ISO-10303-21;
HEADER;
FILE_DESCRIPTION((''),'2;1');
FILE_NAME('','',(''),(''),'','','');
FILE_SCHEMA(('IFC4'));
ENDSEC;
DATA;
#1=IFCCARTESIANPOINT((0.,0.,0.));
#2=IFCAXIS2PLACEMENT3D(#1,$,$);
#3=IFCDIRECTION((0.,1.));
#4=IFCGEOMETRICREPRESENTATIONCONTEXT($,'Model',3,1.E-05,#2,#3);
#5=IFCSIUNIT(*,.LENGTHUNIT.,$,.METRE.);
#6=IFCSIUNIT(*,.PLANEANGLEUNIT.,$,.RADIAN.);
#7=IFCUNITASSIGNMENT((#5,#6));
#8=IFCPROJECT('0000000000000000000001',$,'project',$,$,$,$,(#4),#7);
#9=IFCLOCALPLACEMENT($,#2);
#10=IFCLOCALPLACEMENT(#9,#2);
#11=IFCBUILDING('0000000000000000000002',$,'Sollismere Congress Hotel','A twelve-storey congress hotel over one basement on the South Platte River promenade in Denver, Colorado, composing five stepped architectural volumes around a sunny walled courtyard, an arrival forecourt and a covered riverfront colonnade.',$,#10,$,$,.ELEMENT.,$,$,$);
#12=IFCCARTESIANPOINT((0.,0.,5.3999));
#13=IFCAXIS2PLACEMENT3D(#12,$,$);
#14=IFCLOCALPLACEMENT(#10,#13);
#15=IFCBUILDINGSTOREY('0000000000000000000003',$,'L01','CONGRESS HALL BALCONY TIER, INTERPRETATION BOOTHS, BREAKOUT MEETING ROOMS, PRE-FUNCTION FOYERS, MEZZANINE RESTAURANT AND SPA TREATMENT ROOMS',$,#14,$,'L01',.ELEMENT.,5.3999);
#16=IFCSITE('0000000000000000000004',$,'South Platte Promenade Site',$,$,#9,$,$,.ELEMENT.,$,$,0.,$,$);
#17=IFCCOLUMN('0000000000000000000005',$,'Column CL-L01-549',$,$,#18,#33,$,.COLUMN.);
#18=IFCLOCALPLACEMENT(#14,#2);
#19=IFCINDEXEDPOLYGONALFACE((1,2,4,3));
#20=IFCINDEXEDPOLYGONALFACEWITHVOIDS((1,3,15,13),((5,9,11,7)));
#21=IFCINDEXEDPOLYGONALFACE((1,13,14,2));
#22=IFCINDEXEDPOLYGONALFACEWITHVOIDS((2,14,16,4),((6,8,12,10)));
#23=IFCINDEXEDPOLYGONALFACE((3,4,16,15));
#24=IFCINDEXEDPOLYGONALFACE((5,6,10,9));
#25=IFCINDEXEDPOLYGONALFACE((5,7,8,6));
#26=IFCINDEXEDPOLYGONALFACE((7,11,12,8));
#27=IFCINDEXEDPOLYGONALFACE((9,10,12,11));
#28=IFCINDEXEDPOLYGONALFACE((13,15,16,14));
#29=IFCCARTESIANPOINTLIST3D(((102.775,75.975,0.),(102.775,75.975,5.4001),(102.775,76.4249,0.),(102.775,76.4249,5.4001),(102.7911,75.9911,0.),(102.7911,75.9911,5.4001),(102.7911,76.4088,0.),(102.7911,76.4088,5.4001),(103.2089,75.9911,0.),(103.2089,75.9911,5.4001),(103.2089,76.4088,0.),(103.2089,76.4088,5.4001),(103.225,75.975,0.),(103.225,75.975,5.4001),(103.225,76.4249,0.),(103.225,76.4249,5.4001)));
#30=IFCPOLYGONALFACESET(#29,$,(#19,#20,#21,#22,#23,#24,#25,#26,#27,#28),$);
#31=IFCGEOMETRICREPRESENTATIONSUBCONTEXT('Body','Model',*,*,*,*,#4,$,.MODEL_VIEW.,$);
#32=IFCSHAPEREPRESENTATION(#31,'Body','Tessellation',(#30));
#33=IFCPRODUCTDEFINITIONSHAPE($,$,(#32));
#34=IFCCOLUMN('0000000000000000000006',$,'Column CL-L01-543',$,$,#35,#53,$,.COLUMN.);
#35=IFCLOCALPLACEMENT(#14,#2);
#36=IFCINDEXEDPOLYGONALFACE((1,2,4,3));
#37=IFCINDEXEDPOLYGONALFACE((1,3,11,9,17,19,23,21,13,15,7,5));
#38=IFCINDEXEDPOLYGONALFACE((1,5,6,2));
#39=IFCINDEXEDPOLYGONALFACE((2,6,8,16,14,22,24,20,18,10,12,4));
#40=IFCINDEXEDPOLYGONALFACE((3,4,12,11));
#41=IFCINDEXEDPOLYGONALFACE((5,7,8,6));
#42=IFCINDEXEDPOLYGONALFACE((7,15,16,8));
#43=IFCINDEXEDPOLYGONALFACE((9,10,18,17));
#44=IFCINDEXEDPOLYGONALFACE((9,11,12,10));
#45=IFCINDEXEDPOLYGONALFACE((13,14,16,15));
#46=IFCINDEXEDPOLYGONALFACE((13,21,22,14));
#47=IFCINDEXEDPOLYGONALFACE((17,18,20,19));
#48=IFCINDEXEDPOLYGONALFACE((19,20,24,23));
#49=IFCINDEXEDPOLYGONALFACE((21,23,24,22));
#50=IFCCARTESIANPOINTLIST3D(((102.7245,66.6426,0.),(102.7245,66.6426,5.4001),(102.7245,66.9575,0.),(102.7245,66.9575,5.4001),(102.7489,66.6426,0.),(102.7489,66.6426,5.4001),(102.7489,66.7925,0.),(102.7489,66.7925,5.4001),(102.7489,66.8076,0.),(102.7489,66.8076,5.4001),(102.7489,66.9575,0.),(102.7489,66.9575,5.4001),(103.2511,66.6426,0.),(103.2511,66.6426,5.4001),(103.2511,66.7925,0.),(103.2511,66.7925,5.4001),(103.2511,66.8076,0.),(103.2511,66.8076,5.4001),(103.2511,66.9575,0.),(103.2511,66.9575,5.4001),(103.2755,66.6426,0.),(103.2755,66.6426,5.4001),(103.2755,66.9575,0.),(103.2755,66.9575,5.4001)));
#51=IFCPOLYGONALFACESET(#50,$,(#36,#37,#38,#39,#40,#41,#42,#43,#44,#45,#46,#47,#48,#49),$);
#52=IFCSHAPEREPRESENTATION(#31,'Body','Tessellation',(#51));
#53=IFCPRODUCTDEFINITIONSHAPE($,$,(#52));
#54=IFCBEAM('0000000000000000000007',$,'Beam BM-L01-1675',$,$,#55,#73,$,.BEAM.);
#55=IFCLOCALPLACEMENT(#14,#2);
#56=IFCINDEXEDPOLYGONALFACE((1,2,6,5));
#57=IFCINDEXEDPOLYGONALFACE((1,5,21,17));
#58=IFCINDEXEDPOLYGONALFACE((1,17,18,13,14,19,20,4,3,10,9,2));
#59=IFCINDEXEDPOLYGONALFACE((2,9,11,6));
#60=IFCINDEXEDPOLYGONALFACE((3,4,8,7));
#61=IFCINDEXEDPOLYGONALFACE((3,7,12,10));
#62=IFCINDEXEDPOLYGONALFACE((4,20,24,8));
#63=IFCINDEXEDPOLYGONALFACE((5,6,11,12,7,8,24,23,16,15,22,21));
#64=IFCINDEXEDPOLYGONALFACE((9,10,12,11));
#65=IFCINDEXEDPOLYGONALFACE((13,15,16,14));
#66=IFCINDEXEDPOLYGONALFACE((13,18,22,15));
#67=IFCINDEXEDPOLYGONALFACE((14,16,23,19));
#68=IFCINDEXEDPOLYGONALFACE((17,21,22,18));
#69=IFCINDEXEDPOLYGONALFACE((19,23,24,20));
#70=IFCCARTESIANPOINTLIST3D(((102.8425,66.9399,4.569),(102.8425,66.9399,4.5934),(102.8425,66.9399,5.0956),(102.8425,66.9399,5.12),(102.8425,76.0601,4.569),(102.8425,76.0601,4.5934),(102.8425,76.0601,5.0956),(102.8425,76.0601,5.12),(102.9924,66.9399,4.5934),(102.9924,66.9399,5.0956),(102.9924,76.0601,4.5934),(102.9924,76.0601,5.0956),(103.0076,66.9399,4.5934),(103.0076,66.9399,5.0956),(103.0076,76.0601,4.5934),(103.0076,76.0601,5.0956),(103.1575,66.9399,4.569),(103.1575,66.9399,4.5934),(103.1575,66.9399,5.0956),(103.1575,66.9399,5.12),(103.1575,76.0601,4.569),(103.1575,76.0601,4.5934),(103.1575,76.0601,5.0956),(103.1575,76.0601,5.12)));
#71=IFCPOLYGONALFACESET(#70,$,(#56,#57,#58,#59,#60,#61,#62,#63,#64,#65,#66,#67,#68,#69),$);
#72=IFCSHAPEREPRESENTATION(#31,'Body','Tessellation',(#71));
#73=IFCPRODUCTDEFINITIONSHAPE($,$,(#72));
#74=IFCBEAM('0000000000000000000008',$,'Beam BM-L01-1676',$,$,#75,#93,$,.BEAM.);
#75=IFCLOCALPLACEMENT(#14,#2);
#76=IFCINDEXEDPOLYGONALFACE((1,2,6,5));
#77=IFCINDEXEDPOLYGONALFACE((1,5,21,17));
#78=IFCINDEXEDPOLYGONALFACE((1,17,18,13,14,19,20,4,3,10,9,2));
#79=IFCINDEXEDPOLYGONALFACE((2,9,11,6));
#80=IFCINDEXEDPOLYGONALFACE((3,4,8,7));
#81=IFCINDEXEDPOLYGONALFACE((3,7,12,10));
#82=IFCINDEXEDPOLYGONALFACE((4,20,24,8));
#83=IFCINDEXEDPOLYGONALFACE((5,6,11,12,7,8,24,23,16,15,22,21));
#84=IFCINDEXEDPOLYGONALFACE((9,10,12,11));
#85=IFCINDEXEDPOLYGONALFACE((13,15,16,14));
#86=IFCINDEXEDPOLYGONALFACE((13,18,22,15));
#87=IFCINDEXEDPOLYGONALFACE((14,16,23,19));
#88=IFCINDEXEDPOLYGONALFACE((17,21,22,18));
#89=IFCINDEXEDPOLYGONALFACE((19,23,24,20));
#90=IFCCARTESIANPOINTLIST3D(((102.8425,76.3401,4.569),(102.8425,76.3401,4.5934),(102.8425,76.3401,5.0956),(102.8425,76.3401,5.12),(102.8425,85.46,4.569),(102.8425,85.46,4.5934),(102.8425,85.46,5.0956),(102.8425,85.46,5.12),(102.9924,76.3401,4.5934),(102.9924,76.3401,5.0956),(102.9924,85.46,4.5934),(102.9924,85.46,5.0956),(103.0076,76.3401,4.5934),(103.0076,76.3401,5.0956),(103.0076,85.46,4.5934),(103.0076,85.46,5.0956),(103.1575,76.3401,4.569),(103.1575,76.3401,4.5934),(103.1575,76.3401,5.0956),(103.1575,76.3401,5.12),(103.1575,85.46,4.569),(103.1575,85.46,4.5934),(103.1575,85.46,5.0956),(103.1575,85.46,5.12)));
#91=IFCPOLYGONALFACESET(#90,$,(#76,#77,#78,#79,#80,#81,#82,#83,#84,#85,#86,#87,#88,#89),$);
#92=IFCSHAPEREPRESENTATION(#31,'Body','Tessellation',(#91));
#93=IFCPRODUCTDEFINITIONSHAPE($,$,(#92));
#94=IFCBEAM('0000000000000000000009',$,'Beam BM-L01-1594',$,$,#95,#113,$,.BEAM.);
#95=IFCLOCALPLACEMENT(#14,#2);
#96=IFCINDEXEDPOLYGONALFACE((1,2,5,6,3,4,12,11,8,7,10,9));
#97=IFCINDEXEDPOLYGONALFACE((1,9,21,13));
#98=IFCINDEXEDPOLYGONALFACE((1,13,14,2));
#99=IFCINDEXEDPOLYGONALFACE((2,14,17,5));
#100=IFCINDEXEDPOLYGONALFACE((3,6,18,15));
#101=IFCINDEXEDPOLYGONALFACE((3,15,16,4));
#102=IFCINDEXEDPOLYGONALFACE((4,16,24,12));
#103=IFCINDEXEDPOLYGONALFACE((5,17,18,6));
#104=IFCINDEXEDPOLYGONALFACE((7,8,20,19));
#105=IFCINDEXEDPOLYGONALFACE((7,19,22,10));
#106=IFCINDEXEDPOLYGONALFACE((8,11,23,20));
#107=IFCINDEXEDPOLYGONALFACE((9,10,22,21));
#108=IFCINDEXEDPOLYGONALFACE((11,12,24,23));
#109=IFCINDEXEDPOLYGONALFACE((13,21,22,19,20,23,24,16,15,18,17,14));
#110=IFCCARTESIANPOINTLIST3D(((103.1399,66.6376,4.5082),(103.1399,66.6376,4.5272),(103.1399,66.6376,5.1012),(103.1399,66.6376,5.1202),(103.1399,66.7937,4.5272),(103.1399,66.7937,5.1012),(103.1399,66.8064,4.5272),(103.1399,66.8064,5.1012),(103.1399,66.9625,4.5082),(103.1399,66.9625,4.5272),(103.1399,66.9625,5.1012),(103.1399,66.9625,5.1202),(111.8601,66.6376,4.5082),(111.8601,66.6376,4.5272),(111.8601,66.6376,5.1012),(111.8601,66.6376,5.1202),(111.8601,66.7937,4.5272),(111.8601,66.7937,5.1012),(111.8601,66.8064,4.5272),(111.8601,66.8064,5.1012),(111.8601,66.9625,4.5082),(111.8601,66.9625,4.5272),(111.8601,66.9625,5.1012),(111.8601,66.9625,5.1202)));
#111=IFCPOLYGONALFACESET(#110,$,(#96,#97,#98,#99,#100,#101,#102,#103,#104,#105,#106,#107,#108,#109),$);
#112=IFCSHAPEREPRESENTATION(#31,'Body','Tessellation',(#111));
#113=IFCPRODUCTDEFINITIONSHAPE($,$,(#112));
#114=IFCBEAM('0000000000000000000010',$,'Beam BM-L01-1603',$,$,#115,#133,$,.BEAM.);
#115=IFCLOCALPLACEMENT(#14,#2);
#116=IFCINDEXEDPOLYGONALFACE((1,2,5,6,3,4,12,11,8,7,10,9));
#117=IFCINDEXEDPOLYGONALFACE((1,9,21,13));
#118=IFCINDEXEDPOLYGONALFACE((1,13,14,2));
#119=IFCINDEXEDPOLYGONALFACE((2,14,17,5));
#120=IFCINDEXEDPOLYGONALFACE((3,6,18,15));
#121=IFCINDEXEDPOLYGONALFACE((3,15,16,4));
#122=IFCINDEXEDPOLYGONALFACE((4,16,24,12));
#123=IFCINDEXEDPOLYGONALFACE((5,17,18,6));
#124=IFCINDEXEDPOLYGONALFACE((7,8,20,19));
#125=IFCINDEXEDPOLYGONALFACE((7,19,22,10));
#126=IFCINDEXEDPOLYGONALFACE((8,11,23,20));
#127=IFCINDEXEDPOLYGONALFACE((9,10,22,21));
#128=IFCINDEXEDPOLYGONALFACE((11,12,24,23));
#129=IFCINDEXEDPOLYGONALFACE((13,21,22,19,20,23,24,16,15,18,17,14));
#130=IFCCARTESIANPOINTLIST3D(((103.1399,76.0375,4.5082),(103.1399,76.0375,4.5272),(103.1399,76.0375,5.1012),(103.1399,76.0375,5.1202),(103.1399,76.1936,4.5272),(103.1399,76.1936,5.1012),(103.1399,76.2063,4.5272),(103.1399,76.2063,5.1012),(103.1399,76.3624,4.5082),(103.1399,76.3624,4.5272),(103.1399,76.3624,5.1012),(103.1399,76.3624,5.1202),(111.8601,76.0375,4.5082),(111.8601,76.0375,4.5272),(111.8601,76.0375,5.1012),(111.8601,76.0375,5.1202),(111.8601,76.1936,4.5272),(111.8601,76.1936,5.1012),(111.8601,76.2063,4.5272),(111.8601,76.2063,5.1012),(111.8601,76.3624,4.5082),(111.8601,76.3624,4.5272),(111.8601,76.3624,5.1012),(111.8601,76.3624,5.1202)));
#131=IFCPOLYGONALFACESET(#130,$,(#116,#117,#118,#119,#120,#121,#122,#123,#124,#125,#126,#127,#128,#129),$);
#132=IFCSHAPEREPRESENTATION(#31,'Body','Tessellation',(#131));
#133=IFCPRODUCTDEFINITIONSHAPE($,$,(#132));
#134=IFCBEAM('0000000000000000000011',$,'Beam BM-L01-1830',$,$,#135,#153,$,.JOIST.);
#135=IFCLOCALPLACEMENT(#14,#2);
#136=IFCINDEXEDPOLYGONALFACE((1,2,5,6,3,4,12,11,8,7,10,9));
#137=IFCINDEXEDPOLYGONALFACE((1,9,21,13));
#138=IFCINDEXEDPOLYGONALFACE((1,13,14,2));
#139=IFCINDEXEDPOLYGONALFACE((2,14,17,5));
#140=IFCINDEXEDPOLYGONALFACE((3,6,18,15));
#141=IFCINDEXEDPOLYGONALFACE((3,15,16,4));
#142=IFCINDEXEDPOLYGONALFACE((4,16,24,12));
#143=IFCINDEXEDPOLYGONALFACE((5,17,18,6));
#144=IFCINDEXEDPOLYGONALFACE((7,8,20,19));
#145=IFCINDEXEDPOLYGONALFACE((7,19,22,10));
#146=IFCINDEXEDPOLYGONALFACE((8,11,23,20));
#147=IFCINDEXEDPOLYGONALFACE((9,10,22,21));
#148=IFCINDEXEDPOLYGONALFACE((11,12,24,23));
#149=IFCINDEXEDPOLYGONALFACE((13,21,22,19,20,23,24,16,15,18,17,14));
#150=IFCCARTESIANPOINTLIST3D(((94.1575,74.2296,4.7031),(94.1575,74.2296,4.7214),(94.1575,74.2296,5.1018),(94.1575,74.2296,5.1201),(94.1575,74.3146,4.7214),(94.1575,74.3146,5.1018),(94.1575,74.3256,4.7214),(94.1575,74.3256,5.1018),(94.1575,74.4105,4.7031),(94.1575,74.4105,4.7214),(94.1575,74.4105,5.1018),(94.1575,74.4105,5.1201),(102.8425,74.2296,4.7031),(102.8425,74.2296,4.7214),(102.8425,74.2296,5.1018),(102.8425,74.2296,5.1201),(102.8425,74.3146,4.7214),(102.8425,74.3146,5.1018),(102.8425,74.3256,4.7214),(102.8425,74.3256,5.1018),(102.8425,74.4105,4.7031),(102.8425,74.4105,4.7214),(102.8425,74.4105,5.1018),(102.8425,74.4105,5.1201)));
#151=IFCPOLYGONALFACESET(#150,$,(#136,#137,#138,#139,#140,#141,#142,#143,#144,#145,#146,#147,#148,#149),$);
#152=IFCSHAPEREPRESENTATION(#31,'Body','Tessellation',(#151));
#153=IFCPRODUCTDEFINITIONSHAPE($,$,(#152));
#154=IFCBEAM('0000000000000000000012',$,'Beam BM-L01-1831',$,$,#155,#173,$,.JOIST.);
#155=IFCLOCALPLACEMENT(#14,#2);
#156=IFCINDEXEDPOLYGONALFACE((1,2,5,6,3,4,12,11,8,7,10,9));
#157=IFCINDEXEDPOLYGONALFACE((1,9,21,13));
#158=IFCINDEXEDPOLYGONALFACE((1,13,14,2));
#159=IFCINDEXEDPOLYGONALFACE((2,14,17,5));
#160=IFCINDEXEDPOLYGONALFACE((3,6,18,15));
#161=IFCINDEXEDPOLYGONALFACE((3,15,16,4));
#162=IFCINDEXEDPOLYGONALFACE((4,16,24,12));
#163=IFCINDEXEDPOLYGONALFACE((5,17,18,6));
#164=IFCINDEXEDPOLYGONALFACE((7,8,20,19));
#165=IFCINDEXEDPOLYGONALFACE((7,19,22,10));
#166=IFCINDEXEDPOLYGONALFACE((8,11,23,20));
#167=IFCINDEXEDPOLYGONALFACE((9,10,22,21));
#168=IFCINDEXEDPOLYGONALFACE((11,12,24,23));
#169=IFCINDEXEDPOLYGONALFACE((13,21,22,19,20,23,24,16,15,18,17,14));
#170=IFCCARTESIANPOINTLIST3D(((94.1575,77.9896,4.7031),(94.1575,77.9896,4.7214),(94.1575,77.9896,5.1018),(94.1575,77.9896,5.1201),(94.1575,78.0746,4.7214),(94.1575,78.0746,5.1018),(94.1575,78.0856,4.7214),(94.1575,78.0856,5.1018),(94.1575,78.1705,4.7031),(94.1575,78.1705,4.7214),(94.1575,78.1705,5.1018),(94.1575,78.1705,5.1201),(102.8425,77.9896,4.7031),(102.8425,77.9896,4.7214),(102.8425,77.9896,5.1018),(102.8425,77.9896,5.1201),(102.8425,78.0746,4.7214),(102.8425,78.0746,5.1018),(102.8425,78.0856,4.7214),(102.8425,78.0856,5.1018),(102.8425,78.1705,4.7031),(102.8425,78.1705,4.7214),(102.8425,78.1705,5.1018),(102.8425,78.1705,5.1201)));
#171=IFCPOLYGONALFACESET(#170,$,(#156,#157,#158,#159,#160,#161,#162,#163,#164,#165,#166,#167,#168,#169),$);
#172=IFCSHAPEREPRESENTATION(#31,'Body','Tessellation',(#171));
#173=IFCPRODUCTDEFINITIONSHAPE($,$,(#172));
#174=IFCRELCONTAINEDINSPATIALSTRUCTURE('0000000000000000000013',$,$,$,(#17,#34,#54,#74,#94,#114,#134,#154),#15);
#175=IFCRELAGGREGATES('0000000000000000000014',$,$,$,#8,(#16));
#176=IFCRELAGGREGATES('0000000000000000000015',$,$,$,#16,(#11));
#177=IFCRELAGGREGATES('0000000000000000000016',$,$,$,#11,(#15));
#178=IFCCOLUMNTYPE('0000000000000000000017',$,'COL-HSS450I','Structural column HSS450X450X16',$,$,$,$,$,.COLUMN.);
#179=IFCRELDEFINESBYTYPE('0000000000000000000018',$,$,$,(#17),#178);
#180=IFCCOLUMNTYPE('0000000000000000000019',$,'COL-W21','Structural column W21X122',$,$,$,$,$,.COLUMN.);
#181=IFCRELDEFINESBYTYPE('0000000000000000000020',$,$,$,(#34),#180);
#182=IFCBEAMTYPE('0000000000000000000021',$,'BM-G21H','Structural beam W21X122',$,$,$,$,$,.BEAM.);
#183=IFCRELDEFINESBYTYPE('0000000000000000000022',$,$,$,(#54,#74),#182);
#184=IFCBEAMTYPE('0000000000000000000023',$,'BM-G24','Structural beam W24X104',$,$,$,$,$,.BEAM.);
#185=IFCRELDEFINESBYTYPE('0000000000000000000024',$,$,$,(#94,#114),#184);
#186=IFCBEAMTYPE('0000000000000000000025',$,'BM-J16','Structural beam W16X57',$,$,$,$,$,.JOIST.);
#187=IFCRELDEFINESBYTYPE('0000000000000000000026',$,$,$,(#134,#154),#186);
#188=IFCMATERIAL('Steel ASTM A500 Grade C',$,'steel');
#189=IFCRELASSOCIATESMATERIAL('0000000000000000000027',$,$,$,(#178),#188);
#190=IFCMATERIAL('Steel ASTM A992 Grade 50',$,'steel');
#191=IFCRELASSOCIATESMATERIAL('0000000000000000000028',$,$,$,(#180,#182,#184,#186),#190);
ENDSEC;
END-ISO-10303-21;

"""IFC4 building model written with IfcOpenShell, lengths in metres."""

from ifc_helpers import new_model, si_unit, direction, frame, origin, origin_2d, place, context, subcontext, project, spatial, hollow_rectangle, i_section, extrude, material, material_profile, profile_set, type_object, element, save


model = new_model("IFC4")

# Units and contexts
model_context = context("Model", 3, precision=1e-05, world=origin(), true_north=direction((0.0, 1.0)))
body_context = subcontext(model_context, "Body", "Model", "MODEL_VIEW")
ifc_project = project(units=[si_unit("LENGTHUNIT", "METRE"), si_unit("PLANEANGLEUNIT", "RADIAN")], contexts=[model_context])

# Site, building, storey
site_placement = place(None, origin())
site = spatial("IfcSite", under=ifc_project, at=site_placement, Name="South Platte Promenade Site", CompositionType="ELEMENT", RefElevation=0.0)
building_placement = place(site_placement, origin())
building = spatial("IfcBuilding", under=site, at=building_placement, Name="Sollismere Congress Hotel", Description="A twelve-storey congress hotel over one basement on the South Platte River promenade in Denver, Colorado, composing five stepped architectural volumes around a sunny walled courtyard, an arrival forecourt and a covered riverfront colonnade.", CompositionType="ELEMENT")
storey_placement = place(building_placement, frame((0.0, 0.0, 5.3999)))
storey = spatial("IfcBuildingStorey", under=building, at=storey_placement, Name="L01", Description="CONGRESS HALL BALCONY TIER, INTERPRETATION BOOTHS, BREAKOUT MEETING ROOMS, PRE-FUNCTION FOYERS, MEZZANINE RESTAURANT AND SPA TREATMENT ROOMS", LongName="L01", CompositionType="ELEMENT", Elevation=5.3999)

# Columns
ifc_material_1 = material(Name="Steel ASTM A500 Grade C", Category="steel")
ifc_material_profile_1 = material_profile(ifc_material_1, hollow_rectangle(XDim=0.45, YDim=0.45, WallThickness=0.0161, at=origin_2d()), Name="HSS450X450X16")
ifc_profile_set_1 = profile_set([ifc_material_profile_1], Name="Steel ASTM A500 Grade C")
column_type_1 = type_object("IfcColumnType", Name="COL-HSS450I", Description="Structural column HSS450X450X16", PredefinedType="COLUMN", material=ifc_profile_set_1)
column_1_placement = place(storey_placement, frame((103.0, 76.2, 0.0), z_axis=(0.0, 0.0, 1.0), x_axis=(1.0, 0.0, 0.0)))
element("IfcColumn", 1, at=column_1_placement, inside=storey, type_object=column_type_1, Name="Column CL-L01-549", PredefinedType="COLUMN", context=body_context, shape_type="SweptSolid", body=[
    extrude(hollow_rectangle(XDim=0.45, YDim=0.45, WallThickness=0.0161, at=origin_2d()), origin(), (0.0, 0.0, 1.0), 5.4001),
])
ifc_material_2 = material(Name="Steel ASTM A992 Grade 50", Category="steel")
ifc_material_profile_2 = material_profile(ifc_material_2, i_section(OverallWidth=0.3149, OverallDepth=0.551, WebThickness=0.0151, FlangeThickness=0.0244, at=origin_2d()), Name="W21X122")
ifc_profile_set_2 = profile_set([ifc_material_profile_2], Name="Steel ASTM A992 Grade 50")
column_type_2 = type_object("IfcColumnType", Name="COL-W21", Description="Structural column W21X122", PredefinedType="COLUMN", material=ifc_profile_set_2)
column_2_placement = place(storey_placement, frame((103.0, 66.8, 0.0), z_axis=(0.0, 0.0, 1.0), x_axis=(0.0, 1.0, 0.0)))
element("IfcColumn", 2, at=column_2_placement, inside=storey, type_object=column_type_2, Name="Column CL-L01-543", PredefinedType="COLUMN", context=body_context, shape_type="SweptSolid", body=[
    extrude(i_section(OverallWidth=0.3149, OverallDepth=0.551, WebThickness=0.0151, FlangeThickness=0.0244, at=origin_2d()), origin(), (0.0, 0.0, 1.0), 5.4001),
])

# Beams
ifc_material_profile_3 = material_profile(ifc_material_2, i_section(OverallWidth=0.3149, OverallDepth=0.551, WebThickness=0.0151, FlangeThickness=0.0244, at=origin_2d()), Name="W21X122")
ifc_profile_set_3 = profile_set([ifc_material_profile_3], Name="Steel ASTM A992 Grade 50")
beam_type_1 = type_object("IfcBeamType", Name="BM-G21H", Description="Structural beam W21X122", PredefinedType="BEAM", material=ifc_profile_set_3)
beam_1_placement = place(storey_placement, frame((103.0, 66.9399, 4.8445), z_axis=(0.0, 1.0, 0.0), x_axis=(-1.0, 0.0, 0.0)))
element("IfcBeam", 3, at=beam_1_placement, inside=storey, type_object=beam_type_1, Name="Beam BM-L01-1675", PredefinedType="BEAM", context=body_context, shape_type="SweptSolid", body=[
    extrude(i_section(OverallWidth=0.3149, OverallDepth=0.551, WebThickness=0.0151, FlangeThickness=0.0244, at=origin_2d()), origin(), (0.0, 0.0, 1.0), 9.1201),
])
beam_2_placement = place(storey_placement, frame((103.0, 76.3401, 4.8445), z_axis=(0.0, 1.0, 0.0), x_axis=(-1.0, 0.0, 0.0)))
element("IfcBeam", 4, at=beam_2_placement, inside=storey, type_object=beam_type_1, Name="Beam BM-L01-1676", PredefinedType="BEAM", context=body_context, shape_type="SweptSolid", body=[
    extrude(i_section(OverallWidth=0.3149, OverallDepth=0.551, WebThickness=0.0151, FlangeThickness=0.0244, at=origin_2d()), origin(), (0.0, 0.0, 1.0), 9.1199),
])
ifc_material_profile_4 = material_profile(ifc_material_2, i_section(OverallWidth=0.325, OverallDepth=0.6121, WebThickness=0.0127, FlangeThickness=0.019, at=origin_2d()), Name="W24X104")
ifc_profile_set_4 = profile_set([ifc_material_profile_4], Name="Steel ASTM A992 Grade 50")
beam_type_2 = type_object("IfcBeamType", Name="BM-G24", Description="Structural beam W24X104", PredefinedType="BEAM", material=ifc_profile_set_4)
for number, where, z_axis, x_axis, name in (
    (5, (103.1399, 66.8, 4.8142), (1.0, 0.0, 0.0), (0.0, 1.0, 0.0), "Beam BM-L01-1594"),
    (6, (103.1399, 76.2, 4.8142), (1.0, 0.0, 0.0), (0.0, 1.0, 0.0), "Beam BM-L01-1603"),
):
    element("IfcBeam", number, at=place(storey_placement, frame(where, z_axis=z_axis, x_axis=x_axis)), inside=storey, type_object=beam_type_2, Name=name, PredefinedType="BEAM", context=body_context, shape_type="SweptSolid", body=[
        extrude(i_section(OverallWidth=0.325, OverallDepth=0.6121, WebThickness=0.0127, FlangeThickness=0.019, at=origin_2d()), origin(), (0.0, 0.0, 1.0), 8.7202),
    ])
ifc_material_profile_5 = material_profile(ifc_material_2, i_section(OverallWidth=0.1809, OverallDepth=0.417, WebThickness=0.011, FlangeThickness=0.0183, at=origin_2d()), Name="W16X57")
ifc_profile_set_5 = profile_set([ifc_material_profile_5], Name="Steel ASTM A992 Grade 50")
beam_type_3 = type_object("IfcBeamType", Name="BM-J16", Description="Structural beam W16X57", PredefinedType="JOIST", material=ifc_profile_set_5)
for number, where, z_axis, x_axis, name in (
    (7, (94.1575, 74.3201, 4.9116), (1.0, 0.0, 0.0), (0.0, 1.0, 0.0), "Beam BM-L01-1830"),
    (8, (94.1575, 78.0801, 4.9116), (1.0, 0.0, 0.0), (0.0, 1.0, 0.0), "Beam BM-L01-1831"),
):
    element("IfcBeam", number, at=place(storey_placement, frame(where, z_axis=z_axis, x_axis=x_axis)), inside=storey, type_object=beam_type_3, Name=name, PredefinedType="JOIST", context=body_context, shape_type="SweptSolid", body=[
        extrude(i_section(OverallWidth=0.1809, OverallDepth=0.417, WebThickness=0.011, FlangeThickness=0.0183, at=origin_2d()), origin(), (0.0, 0.0, 1.0), 8.6851),
    ])

save(model, "model.ifc")
